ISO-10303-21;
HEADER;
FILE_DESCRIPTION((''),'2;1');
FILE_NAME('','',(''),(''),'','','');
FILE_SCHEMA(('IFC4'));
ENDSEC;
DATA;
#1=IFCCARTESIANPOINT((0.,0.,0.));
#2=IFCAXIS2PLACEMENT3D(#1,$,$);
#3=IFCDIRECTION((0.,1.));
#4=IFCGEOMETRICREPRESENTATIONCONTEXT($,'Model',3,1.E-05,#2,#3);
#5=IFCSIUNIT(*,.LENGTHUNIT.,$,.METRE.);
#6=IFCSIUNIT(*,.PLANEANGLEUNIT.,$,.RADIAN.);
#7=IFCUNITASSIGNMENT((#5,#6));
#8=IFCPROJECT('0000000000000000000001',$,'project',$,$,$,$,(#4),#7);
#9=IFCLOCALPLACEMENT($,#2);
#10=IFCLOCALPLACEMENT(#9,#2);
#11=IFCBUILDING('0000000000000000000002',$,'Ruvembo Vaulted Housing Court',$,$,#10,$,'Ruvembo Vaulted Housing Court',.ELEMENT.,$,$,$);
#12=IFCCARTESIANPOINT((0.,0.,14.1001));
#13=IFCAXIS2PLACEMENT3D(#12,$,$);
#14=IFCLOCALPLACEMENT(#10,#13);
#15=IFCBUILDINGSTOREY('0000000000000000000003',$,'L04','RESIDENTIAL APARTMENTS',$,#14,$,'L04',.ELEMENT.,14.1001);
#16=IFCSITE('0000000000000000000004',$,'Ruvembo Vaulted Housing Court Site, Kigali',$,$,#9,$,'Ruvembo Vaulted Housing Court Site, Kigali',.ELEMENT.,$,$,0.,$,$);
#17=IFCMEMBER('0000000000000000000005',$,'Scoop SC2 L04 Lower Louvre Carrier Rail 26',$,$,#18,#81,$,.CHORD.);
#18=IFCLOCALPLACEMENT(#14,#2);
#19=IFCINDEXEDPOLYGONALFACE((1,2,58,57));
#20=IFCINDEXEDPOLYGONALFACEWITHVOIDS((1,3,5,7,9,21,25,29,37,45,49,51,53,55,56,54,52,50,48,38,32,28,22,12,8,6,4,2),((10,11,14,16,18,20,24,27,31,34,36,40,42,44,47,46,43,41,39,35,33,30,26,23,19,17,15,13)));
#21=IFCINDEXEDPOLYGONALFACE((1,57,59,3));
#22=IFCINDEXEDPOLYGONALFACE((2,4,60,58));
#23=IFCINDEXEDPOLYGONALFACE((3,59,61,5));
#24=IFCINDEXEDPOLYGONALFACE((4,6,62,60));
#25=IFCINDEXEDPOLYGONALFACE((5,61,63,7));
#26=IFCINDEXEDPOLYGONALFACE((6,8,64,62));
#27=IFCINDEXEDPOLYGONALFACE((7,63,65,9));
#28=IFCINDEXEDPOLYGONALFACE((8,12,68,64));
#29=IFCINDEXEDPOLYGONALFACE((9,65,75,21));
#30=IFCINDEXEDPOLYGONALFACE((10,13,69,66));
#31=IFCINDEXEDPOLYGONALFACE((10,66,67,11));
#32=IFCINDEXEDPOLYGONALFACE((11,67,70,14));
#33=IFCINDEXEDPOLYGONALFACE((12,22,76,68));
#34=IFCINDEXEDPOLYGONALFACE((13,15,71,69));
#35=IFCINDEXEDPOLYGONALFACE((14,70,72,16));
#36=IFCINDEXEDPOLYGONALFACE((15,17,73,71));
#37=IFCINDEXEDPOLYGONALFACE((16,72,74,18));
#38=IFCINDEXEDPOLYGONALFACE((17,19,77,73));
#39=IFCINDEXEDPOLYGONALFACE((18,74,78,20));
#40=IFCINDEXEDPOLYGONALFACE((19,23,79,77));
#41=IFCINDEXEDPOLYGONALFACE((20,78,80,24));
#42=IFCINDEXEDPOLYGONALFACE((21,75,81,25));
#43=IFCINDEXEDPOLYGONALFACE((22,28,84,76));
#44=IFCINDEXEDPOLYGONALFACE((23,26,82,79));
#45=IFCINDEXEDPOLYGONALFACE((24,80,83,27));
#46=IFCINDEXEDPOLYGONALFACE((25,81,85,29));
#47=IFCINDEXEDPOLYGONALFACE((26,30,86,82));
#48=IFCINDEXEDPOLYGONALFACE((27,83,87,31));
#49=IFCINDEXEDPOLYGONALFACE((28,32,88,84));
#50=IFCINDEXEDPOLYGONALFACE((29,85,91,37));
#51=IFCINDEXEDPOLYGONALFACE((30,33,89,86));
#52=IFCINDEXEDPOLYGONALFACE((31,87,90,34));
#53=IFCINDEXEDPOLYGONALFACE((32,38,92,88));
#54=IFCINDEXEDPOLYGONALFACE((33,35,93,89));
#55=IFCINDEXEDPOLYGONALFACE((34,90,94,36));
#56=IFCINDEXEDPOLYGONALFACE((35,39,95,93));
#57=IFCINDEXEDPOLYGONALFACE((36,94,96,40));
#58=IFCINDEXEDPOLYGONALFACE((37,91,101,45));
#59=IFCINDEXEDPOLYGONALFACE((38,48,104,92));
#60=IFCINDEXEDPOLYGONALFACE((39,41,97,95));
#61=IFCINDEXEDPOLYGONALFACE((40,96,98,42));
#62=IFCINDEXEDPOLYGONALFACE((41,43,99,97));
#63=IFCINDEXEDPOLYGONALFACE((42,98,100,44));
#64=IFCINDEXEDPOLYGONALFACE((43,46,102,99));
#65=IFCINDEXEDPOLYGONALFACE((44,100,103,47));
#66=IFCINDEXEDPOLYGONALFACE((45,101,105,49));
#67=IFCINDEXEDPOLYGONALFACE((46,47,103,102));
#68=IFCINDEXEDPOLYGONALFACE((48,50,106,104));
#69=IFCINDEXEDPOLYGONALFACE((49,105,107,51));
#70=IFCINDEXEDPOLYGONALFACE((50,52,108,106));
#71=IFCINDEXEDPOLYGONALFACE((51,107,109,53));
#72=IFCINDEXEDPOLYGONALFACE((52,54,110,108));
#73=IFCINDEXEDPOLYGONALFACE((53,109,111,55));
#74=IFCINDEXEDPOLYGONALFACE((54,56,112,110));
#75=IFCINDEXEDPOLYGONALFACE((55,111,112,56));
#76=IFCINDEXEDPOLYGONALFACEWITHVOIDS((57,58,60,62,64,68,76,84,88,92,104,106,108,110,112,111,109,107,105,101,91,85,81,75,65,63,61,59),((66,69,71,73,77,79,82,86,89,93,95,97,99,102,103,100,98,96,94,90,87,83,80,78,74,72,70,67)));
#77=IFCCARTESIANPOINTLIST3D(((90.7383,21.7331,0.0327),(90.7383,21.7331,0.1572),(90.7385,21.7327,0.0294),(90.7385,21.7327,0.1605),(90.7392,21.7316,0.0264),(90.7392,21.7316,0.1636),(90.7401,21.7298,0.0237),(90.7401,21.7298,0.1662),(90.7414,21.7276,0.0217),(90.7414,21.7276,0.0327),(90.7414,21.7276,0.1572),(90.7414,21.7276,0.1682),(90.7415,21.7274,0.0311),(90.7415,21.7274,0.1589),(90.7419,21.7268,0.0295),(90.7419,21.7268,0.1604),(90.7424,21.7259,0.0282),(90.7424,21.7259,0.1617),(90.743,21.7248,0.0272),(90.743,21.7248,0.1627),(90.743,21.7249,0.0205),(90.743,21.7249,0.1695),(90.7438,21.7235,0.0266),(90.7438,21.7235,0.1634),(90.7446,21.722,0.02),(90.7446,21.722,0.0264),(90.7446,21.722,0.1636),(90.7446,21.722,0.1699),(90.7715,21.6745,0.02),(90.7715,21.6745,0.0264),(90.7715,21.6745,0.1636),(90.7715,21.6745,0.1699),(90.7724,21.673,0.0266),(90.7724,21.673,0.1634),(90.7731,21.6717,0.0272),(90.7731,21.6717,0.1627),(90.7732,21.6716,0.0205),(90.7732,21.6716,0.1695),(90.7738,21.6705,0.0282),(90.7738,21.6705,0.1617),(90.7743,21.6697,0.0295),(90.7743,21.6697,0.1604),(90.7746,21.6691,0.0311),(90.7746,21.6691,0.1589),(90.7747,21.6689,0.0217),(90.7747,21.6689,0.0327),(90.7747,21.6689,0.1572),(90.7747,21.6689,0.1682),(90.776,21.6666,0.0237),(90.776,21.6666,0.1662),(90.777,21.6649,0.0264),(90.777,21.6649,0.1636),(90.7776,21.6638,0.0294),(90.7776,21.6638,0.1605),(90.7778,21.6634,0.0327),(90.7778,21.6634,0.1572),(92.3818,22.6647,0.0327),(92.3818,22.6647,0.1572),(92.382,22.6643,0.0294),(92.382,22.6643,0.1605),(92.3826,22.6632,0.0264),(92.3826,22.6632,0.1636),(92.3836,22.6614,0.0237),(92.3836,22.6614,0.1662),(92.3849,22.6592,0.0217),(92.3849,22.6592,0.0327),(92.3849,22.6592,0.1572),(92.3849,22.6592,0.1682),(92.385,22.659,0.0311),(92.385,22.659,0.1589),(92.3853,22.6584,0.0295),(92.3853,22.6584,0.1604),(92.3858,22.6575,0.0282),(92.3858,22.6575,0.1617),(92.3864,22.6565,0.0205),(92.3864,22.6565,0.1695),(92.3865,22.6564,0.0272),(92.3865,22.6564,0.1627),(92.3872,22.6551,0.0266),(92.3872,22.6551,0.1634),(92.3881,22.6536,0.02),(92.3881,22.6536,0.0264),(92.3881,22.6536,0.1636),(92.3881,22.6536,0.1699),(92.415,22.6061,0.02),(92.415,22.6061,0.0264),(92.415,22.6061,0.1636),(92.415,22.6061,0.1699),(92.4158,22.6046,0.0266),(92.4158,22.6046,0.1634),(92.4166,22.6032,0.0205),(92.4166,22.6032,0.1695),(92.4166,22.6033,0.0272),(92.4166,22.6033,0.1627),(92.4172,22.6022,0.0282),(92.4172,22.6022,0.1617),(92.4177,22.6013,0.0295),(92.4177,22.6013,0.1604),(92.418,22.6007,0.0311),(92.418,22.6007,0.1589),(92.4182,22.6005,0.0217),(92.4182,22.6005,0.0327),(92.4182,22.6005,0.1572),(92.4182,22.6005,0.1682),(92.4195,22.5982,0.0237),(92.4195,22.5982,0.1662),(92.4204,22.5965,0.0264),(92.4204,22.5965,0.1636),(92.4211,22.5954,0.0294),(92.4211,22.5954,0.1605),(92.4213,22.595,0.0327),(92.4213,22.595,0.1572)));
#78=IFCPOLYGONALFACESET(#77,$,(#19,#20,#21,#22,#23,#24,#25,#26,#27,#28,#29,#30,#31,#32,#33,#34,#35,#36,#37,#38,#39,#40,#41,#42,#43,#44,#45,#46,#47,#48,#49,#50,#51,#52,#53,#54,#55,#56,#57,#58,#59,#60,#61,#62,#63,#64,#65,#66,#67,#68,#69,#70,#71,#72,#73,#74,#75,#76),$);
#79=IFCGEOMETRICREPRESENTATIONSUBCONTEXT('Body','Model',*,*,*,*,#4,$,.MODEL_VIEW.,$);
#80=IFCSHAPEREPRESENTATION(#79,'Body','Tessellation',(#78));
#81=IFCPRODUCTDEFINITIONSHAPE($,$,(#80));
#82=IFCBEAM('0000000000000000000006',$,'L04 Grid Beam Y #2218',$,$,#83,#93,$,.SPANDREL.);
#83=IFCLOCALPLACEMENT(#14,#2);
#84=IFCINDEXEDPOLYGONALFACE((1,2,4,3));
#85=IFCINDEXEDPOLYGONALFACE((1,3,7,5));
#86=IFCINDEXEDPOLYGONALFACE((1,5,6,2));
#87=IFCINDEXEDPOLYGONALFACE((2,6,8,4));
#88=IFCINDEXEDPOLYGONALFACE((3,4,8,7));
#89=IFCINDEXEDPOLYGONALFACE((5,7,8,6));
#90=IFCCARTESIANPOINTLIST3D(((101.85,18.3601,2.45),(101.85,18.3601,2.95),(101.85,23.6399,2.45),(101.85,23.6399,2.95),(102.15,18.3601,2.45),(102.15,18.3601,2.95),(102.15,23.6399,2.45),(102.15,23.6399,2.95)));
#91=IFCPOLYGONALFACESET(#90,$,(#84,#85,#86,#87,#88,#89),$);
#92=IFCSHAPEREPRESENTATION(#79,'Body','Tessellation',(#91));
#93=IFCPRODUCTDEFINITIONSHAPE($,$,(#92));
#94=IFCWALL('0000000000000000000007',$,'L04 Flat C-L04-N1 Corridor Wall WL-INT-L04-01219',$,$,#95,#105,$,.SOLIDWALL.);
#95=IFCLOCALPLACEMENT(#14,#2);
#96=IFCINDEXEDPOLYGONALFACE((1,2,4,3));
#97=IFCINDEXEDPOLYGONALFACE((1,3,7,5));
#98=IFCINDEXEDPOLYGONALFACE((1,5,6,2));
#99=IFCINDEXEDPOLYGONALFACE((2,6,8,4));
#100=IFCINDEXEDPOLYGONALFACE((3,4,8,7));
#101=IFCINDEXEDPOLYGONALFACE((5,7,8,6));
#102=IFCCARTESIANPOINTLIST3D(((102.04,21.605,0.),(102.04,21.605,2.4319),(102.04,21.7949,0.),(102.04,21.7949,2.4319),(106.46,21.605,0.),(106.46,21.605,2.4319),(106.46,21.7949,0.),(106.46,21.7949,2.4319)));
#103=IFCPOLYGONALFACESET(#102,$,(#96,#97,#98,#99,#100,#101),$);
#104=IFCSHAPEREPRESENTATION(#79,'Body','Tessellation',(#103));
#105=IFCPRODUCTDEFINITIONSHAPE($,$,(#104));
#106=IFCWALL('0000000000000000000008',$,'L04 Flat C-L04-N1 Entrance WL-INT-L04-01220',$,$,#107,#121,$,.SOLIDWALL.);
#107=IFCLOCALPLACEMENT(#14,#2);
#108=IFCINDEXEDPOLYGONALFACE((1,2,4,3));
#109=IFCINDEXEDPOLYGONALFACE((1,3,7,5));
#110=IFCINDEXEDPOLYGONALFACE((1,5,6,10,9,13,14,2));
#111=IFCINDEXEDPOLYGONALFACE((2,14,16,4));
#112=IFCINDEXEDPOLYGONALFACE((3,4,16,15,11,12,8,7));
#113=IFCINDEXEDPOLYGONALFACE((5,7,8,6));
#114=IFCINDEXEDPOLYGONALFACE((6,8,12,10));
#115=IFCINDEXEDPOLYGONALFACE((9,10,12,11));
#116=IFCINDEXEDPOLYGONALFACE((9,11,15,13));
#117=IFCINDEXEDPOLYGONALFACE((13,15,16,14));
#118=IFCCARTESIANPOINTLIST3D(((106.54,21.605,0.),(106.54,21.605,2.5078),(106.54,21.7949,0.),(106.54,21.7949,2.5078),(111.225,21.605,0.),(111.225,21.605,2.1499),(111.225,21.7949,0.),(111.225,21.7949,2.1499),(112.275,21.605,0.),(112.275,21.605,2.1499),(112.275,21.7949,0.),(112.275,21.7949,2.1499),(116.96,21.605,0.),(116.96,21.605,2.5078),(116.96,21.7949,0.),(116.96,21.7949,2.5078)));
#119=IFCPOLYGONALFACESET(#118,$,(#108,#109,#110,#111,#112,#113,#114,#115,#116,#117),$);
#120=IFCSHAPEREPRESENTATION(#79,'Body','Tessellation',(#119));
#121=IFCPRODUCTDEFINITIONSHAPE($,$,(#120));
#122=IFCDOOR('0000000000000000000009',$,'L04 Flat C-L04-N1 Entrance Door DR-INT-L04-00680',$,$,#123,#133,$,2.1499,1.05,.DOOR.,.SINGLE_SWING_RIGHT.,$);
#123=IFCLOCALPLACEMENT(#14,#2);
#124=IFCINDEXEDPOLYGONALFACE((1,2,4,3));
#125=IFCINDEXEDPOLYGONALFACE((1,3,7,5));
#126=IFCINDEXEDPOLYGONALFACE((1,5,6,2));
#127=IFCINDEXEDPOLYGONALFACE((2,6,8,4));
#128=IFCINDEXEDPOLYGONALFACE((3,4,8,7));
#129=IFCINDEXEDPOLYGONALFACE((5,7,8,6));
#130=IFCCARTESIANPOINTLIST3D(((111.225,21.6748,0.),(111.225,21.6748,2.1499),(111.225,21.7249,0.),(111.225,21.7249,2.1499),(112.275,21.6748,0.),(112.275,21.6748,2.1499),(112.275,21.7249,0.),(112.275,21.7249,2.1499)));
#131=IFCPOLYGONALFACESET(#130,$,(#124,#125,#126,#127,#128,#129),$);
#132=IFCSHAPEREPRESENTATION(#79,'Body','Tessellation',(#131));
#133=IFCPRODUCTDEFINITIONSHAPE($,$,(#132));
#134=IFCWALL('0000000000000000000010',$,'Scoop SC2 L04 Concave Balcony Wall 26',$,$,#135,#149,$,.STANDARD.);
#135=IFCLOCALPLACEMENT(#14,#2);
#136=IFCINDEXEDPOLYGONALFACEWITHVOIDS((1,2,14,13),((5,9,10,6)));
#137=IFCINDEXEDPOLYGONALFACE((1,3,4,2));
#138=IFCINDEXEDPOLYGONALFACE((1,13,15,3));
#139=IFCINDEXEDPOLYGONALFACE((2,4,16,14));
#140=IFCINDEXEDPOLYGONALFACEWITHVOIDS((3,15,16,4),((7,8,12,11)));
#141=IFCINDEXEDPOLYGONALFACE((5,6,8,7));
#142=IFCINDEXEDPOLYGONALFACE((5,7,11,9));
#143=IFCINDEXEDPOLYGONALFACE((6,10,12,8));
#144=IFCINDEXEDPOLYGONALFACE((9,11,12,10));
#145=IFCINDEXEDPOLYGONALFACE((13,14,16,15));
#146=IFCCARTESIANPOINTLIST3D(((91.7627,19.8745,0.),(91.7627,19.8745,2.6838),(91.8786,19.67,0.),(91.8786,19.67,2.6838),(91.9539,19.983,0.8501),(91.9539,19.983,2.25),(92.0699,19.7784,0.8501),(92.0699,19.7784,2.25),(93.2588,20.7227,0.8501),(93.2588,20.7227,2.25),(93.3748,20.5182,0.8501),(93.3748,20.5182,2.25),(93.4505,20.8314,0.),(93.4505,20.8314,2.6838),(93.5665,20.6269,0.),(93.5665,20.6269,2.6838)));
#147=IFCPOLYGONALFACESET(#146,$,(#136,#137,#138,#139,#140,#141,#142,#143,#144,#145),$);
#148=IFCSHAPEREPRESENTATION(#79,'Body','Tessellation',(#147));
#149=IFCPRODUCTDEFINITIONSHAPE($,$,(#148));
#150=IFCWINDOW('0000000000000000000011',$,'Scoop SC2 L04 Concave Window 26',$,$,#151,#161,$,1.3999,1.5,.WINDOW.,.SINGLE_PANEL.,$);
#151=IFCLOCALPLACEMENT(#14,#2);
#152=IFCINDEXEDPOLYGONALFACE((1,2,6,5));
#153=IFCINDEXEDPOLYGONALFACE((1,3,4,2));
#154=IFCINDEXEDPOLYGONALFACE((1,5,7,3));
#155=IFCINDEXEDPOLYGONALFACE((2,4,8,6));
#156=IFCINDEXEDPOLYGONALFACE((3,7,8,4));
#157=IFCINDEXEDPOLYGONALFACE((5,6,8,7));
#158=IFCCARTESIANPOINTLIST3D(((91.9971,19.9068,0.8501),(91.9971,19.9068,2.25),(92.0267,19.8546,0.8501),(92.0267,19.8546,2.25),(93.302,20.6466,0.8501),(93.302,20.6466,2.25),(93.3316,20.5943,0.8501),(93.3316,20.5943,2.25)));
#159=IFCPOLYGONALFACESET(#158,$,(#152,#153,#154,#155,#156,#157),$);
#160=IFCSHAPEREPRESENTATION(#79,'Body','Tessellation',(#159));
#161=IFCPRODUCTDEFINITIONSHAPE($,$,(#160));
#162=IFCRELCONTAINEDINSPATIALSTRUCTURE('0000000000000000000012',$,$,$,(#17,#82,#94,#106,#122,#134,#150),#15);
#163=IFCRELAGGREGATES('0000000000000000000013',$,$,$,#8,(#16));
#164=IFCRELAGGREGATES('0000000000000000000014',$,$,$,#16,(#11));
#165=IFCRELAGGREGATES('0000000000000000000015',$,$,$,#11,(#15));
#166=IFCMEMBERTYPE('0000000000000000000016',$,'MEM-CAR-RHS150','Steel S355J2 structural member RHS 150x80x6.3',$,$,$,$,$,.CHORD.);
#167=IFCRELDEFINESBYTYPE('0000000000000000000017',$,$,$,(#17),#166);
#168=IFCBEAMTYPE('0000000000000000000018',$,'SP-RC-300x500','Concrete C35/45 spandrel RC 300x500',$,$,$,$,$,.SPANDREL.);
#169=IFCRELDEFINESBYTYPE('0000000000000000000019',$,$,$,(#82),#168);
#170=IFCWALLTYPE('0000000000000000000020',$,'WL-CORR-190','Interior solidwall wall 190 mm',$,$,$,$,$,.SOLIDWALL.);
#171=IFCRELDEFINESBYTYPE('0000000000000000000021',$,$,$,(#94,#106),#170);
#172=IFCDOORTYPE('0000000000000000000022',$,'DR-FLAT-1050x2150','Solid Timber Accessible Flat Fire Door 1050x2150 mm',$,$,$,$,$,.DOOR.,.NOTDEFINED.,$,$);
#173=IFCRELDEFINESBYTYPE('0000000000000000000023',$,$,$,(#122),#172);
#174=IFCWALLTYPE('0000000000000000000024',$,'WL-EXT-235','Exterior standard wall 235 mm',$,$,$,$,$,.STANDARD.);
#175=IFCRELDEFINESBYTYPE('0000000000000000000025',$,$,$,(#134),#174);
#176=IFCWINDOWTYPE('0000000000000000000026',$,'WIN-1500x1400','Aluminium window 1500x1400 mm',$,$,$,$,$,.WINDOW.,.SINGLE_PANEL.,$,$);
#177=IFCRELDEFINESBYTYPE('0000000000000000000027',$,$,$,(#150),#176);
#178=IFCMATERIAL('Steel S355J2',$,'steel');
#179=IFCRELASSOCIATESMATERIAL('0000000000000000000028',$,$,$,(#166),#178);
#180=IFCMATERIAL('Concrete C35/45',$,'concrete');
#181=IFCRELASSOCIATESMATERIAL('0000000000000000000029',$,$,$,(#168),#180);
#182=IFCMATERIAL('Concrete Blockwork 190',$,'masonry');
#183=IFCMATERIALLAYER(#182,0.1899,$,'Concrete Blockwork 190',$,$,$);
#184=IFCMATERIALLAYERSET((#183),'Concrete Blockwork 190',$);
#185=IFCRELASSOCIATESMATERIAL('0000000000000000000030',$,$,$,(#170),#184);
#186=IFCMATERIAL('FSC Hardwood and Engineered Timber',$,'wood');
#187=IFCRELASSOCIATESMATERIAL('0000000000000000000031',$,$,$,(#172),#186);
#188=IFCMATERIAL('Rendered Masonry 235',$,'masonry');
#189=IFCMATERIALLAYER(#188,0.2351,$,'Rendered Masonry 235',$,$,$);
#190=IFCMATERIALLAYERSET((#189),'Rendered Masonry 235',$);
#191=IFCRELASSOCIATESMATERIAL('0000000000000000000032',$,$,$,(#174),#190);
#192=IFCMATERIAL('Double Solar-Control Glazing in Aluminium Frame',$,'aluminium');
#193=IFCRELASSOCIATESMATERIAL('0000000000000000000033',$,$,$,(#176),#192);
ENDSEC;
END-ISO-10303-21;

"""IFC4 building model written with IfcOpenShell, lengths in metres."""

from ifc_helpers import new_model, si_unit, direction, frame, frame_2d, origin, origin_2d, place, context, subcontext, project, spatial, rectangle, hollow_rectangle, extrude, material, layer, layer_set, material_profile, profile_set, type_object, element, fill, save


model = new_model("IFC4")

# Units and contexts
model_context = context("Model", 3, precision=1e-05, world=origin(), true_north=direction((0.0, 1.0)))
body_context = subcontext(model_context, "Body", "Model", "MODEL_VIEW")
ifc_project = project(units=[si_unit("LENGTHUNIT", "METRE"), si_unit("PLANEANGLEUNIT", "RADIAN")], contexts=[model_context])

# Site, building, storey
site_placement = place(None, origin())
site = spatial("IfcSite", under=ifc_project, at=site_placement, Name="Ruvembo Vaulted Housing Court Site, Kigali", LongName="Ruvembo Vaulted Housing Court Site, Kigali", CompositionType="ELEMENT", RefElevation=0.0)
building_placement = place(site_placement, origin())
building = spatial("IfcBuilding", under=site, at=building_placement, Name="Ruvembo Vaulted Housing Court", LongName="Ruvembo Vaulted Housing Court", CompositionType="ELEMENT")
storey_placement = place(building_placement, frame((0.0, 0.0, 14.1001)))
storey = spatial("IfcBuildingStorey", under=building, at=storey_placement, Name="L04", Description="RESIDENTIAL APARTMENTS", LongName="L04", CompositionType="ELEMENT", Elevation=14.1001)

# Shared definitions
ifc_material_1 = material(Name="Concrete C35/45", Category="concrete")

# Shared definitions
ifc_material_2 = material(Name="Steel S355J2", Category="steel")

# Member
ifc_material_profile_1 = material_profile(ifc_material_2, hollow_rectangle(XDim=0.0801, YDim=0.1499, WallThickness=0.0063, InnerFilletRadius=0.0063, OuterFilletRadius=0.0127, at=origin_2d()), Name="RHS 150x80x6.3")
ifc_profile_set_1 = profile_set([ifc_material_profile_1], Name="Steel S355J2")
member_type_1 = type_object("IfcMemberType", Name="MEM-CAR-RHS150", Description="Steel S355J2 structural member RHS 150x80x6.3", PredefinedType="CHORD", material=ifc_profile_set_1)
member_1_placement = place(storey_placement, frame((90.7581, 21.6982, 0.095), z_axis=(0.869956, 0.49313, 0.0), x_axis=(-0.49313, 0.869956, 0.0)))
element("IfcMember", 1, at=member_1_placement, inside=storey, type_object=member_type_1, Name="Scoop SC2 L04 Lower Louvre Carrier Rail 26", PredefinedType="CHORD", context=body_context, shape_type="SweptSolid", body=[
    extrude(hollow_rectangle(XDim=0.0801, YDim=0.1499, WallThickness=0.0063, InnerFilletRadius=0.0063, OuterFilletRadius=0.0127, at=origin_2d()), origin(), (0.0, 0.0, 1.0), 1.8892),
])

# Beam
ifc_material_profile_2 = material_profile(ifc_material_1, rectangle(XDim=0.3, YDim=0.5, at=origin_2d()), Name="RC 300x500")
ifc_profile_set_2 = profile_set([ifc_material_profile_2], Name="Concrete C35/45")
beam_type_1 = type_object("IfcBeamType", Name="SP-RC-300x500", Description="Concrete C35/45 spandrel RC 300x500", PredefinedType="SPANDREL", material=ifc_profile_set_2)
beam_1_placement = place(storey_placement, frame((102.0, 18.3601, 2.7), z_axis=(0.0, 1.0, 0.0), x_axis=(-1.0, 0.0, 0.0)))
element("IfcBeam", 2, at=beam_1_placement, inside=storey, type_object=beam_type_1, Name="L04 Grid Beam Y #2218", PredefinedType="SPANDREL", context=body_context, shape_type="SweptSolid", body=[
    extrude(rectangle(XDim=0.3, YDim=0.5, at=origin_2d()), origin(), (0.0, 0.0, 1.0), 5.2798),
])

# Wall
ifc_material_3 = material(Name="Concrete Blockwork 190", Category="masonry")
ifc_layer_1 = layer(ifc_material_3, 0.1899, Name="Concrete Blockwork 190")
ifc_layer_set_1 = layer_set([ifc_layer_1], Name="Concrete Blockwork 190")
wall_type_1 = type_object("IfcWallType", Name="WL-CORR-190", Description="Interior solidwall wall 190 mm", PredefinedType="SOLIDWALL", material=ifc_layer_set_1)
wall_1_placement = place(storey_placement, frame((102.04, 21.7, 0.0), z_axis=(0.0, 0.0, 1.0), x_axis=(1.0, 0.0, 0.0)))
element("IfcWall", 3, at=wall_1_placement, inside=storey, type_object=wall_type_1, Name="L04 Flat C-L04-N1 Corridor Wall WL-INT-L04-01219", PredefinedType="SOLIDWALL", context=body_context, shape_type="SweptSolid", body=[
    extrude(rectangle(XDim=4.4199, YDim=0.1899, at=frame_2d((2.21, 0.0))), origin(), (0.0, 0.0, 1.0), 2.4319),
])

# Wall, opening, door
wall_2_placement = place(storey_placement, frame((106.54, 21.7, 0.0), z_axis=(0.0, 0.0, 1.0), x_axis=(1.0, 0.0, 0.0)))
wall_2 = element("IfcWall", 4, at=wall_2_placement, inside=storey, type_object=wall_type_1, Name="L04 Flat C-L04-N1 Entrance WL-INT-L04-01220", PredefinedType="SOLIDWALL", context=body_context, shape_type="SweptSolid", body=[
    extrude(rectangle(XDim=10.4199, YDim=0.1899, at=frame_2d((5.21, 0.0))), origin(), (0.0, 0.0, 1.0), 2.5078),
])
opening_1_placement = place(wall_2_placement, frame((4.6851, 0.0, 0.0)))
opening_1 = element("IfcOpeningElement", 5, at=opening_1_placement, cuts=wall_2, PredefinedType="OPENING", context=body_context, shape_type="SweptSolid", body=[
    extrude(rectangle(XDim=1.05, YDim=2.1499, at=frame_2d((0.5249, 1.075))), frame((0.0, 0.105, 0.0), z_axis=(0.0, -1.0, 0.0), x_axis=(1.0, 0.0, 0.0)), (0.0, 0.0, 1.0), 0.21),
])
ifc_material_4 = material(Name="FSC Hardwood and Engineered Timber", Category="wood")
door_type_1 = type_object("IfcDoorType", Name="DR-FLAT-1050x2150", Description="Solid Timber Accessible Flat Fire Door 1050x2150 mm", OperationType="NOTDEFINED", PredefinedType="DOOR", material=ifc_material_4)
door_1_placement = place(opening_1_placement, origin())
door_1 = element("IfcDoor", 6, at=door_1_placement, inside=storey, type_object=door_type_1, Name="L04 Flat C-L04-N1 Entrance Door DR-INT-L04-00680", OperationType="SINGLE_SWING_RIGHT", OverallHeight=2.1499, OverallWidth=1.05, PredefinedType="DOOR", context=body_context, shape_type="SweptSolid", body=[
    extrude(rectangle(XDim=1.05, YDim=2.1499, at=frame_2d((0.5249, 1.075))), frame((0.0, 0.0249, 0.0), z_axis=(0.0, -1.0, 0.0), x_axis=(1.0, 0.0, 0.0)), (0.0, 0.0, 1.0), 0.05),
])
fill(opening_1, door_1)

# Wall, opening, window
ifc_material_5 = material(Name="Rendered Masonry 235", Category="masonry")
ifc_layer_2 = layer(ifc_material_5, 0.2351, Name="Rendered Masonry 235")
ifc_layer_set_2 = layer_set([ifc_layer_2], Name="Rendered Masonry 235")
wall_type_2 = type_object("IfcWallType", Name="WL-EXT-235", Description="Exterior standard wall 235 mm", PredefinedType="STANDARD", material=ifc_layer_set_2)
wall_3_placement = place(storey_placement, frame((91.8206, 19.7722, 0.0), z_axis=(0.0, 0.0, 1.0), x_axis=(0.869934, 0.493168, 0.0)))
wall_3 = element("IfcWall", 7, at=wall_3_placement, inside=storey, type_object=wall_type_2, Name="Scoop SC2 L04 Concave Balcony Wall 26", PredefinedType="STANDARD", context=body_context, shape_type="SweptSolid", body=[
    extrude(rectangle(XDim=1.9402, YDim=0.2351, at=frame_2d((0.9702, 0.0))), origin(), (0.0, 0.0, 1.0), 2.6838),
])
opening_2_placement = place(wall_3_placement, frame((0.22, 0.0, 0.8501)))
opening_2 = element("IfcOpeningElement", 8, at=opening_2_placement, cuts=wall_3, PredefinedType="OPENING", context=body_context, shape_type="SweptSolid", body=[
    extrude(rectangle(XDim=1.5, YDim=1.3999, at=frame_2d((0.75, 0.7))), frame((0.0, 0.1274, 0.0), z_axis=(0.0, -1.0, 0.0), x_axis=(1.0, 0.0, 0.0)), (0.0, 0.0, 1.0), 0.2551),
])
ifc_material_6 = material(Name="Double Solar-Control Glazing in Aluminium Frame", Category="aluminium")
window_type = type_object("IfcWindowType", Name="WIN-1500x1400", Description="Aluminium window 1500x1400 mm", PartitioningType="SINGLE_PANEL", PredefinedType="WINDOW", material=ifc_material_6)
window_placement = place(opening_2_placement, origin())
window = element("IfcWindow", 9, at=window_placement, inside=storey, type_object=window_type, Name="Scoop SC2 L04 Concave Window 26", OverallHeight=1.3999, OverallWidth=1.5, PartitioningType="SINGLE_PANEL", PredefinedType="WINDOW", context=body_context, shape_type="SweptSolid", body=[
    extrude(rectangle(XDim=1.5, YDim=1.3999, at=frame_2d((0.75, 0.7))), frame((0.0, 0.03, 0.0), z_axis=(0.0, -1.0, 0.0), x_axis=(1.0, 0.0, 0.0)), (0.0, 0.0, 1.0), 0.0601),
])
fill(opening_2, window)

save(model, "model.ifc")
